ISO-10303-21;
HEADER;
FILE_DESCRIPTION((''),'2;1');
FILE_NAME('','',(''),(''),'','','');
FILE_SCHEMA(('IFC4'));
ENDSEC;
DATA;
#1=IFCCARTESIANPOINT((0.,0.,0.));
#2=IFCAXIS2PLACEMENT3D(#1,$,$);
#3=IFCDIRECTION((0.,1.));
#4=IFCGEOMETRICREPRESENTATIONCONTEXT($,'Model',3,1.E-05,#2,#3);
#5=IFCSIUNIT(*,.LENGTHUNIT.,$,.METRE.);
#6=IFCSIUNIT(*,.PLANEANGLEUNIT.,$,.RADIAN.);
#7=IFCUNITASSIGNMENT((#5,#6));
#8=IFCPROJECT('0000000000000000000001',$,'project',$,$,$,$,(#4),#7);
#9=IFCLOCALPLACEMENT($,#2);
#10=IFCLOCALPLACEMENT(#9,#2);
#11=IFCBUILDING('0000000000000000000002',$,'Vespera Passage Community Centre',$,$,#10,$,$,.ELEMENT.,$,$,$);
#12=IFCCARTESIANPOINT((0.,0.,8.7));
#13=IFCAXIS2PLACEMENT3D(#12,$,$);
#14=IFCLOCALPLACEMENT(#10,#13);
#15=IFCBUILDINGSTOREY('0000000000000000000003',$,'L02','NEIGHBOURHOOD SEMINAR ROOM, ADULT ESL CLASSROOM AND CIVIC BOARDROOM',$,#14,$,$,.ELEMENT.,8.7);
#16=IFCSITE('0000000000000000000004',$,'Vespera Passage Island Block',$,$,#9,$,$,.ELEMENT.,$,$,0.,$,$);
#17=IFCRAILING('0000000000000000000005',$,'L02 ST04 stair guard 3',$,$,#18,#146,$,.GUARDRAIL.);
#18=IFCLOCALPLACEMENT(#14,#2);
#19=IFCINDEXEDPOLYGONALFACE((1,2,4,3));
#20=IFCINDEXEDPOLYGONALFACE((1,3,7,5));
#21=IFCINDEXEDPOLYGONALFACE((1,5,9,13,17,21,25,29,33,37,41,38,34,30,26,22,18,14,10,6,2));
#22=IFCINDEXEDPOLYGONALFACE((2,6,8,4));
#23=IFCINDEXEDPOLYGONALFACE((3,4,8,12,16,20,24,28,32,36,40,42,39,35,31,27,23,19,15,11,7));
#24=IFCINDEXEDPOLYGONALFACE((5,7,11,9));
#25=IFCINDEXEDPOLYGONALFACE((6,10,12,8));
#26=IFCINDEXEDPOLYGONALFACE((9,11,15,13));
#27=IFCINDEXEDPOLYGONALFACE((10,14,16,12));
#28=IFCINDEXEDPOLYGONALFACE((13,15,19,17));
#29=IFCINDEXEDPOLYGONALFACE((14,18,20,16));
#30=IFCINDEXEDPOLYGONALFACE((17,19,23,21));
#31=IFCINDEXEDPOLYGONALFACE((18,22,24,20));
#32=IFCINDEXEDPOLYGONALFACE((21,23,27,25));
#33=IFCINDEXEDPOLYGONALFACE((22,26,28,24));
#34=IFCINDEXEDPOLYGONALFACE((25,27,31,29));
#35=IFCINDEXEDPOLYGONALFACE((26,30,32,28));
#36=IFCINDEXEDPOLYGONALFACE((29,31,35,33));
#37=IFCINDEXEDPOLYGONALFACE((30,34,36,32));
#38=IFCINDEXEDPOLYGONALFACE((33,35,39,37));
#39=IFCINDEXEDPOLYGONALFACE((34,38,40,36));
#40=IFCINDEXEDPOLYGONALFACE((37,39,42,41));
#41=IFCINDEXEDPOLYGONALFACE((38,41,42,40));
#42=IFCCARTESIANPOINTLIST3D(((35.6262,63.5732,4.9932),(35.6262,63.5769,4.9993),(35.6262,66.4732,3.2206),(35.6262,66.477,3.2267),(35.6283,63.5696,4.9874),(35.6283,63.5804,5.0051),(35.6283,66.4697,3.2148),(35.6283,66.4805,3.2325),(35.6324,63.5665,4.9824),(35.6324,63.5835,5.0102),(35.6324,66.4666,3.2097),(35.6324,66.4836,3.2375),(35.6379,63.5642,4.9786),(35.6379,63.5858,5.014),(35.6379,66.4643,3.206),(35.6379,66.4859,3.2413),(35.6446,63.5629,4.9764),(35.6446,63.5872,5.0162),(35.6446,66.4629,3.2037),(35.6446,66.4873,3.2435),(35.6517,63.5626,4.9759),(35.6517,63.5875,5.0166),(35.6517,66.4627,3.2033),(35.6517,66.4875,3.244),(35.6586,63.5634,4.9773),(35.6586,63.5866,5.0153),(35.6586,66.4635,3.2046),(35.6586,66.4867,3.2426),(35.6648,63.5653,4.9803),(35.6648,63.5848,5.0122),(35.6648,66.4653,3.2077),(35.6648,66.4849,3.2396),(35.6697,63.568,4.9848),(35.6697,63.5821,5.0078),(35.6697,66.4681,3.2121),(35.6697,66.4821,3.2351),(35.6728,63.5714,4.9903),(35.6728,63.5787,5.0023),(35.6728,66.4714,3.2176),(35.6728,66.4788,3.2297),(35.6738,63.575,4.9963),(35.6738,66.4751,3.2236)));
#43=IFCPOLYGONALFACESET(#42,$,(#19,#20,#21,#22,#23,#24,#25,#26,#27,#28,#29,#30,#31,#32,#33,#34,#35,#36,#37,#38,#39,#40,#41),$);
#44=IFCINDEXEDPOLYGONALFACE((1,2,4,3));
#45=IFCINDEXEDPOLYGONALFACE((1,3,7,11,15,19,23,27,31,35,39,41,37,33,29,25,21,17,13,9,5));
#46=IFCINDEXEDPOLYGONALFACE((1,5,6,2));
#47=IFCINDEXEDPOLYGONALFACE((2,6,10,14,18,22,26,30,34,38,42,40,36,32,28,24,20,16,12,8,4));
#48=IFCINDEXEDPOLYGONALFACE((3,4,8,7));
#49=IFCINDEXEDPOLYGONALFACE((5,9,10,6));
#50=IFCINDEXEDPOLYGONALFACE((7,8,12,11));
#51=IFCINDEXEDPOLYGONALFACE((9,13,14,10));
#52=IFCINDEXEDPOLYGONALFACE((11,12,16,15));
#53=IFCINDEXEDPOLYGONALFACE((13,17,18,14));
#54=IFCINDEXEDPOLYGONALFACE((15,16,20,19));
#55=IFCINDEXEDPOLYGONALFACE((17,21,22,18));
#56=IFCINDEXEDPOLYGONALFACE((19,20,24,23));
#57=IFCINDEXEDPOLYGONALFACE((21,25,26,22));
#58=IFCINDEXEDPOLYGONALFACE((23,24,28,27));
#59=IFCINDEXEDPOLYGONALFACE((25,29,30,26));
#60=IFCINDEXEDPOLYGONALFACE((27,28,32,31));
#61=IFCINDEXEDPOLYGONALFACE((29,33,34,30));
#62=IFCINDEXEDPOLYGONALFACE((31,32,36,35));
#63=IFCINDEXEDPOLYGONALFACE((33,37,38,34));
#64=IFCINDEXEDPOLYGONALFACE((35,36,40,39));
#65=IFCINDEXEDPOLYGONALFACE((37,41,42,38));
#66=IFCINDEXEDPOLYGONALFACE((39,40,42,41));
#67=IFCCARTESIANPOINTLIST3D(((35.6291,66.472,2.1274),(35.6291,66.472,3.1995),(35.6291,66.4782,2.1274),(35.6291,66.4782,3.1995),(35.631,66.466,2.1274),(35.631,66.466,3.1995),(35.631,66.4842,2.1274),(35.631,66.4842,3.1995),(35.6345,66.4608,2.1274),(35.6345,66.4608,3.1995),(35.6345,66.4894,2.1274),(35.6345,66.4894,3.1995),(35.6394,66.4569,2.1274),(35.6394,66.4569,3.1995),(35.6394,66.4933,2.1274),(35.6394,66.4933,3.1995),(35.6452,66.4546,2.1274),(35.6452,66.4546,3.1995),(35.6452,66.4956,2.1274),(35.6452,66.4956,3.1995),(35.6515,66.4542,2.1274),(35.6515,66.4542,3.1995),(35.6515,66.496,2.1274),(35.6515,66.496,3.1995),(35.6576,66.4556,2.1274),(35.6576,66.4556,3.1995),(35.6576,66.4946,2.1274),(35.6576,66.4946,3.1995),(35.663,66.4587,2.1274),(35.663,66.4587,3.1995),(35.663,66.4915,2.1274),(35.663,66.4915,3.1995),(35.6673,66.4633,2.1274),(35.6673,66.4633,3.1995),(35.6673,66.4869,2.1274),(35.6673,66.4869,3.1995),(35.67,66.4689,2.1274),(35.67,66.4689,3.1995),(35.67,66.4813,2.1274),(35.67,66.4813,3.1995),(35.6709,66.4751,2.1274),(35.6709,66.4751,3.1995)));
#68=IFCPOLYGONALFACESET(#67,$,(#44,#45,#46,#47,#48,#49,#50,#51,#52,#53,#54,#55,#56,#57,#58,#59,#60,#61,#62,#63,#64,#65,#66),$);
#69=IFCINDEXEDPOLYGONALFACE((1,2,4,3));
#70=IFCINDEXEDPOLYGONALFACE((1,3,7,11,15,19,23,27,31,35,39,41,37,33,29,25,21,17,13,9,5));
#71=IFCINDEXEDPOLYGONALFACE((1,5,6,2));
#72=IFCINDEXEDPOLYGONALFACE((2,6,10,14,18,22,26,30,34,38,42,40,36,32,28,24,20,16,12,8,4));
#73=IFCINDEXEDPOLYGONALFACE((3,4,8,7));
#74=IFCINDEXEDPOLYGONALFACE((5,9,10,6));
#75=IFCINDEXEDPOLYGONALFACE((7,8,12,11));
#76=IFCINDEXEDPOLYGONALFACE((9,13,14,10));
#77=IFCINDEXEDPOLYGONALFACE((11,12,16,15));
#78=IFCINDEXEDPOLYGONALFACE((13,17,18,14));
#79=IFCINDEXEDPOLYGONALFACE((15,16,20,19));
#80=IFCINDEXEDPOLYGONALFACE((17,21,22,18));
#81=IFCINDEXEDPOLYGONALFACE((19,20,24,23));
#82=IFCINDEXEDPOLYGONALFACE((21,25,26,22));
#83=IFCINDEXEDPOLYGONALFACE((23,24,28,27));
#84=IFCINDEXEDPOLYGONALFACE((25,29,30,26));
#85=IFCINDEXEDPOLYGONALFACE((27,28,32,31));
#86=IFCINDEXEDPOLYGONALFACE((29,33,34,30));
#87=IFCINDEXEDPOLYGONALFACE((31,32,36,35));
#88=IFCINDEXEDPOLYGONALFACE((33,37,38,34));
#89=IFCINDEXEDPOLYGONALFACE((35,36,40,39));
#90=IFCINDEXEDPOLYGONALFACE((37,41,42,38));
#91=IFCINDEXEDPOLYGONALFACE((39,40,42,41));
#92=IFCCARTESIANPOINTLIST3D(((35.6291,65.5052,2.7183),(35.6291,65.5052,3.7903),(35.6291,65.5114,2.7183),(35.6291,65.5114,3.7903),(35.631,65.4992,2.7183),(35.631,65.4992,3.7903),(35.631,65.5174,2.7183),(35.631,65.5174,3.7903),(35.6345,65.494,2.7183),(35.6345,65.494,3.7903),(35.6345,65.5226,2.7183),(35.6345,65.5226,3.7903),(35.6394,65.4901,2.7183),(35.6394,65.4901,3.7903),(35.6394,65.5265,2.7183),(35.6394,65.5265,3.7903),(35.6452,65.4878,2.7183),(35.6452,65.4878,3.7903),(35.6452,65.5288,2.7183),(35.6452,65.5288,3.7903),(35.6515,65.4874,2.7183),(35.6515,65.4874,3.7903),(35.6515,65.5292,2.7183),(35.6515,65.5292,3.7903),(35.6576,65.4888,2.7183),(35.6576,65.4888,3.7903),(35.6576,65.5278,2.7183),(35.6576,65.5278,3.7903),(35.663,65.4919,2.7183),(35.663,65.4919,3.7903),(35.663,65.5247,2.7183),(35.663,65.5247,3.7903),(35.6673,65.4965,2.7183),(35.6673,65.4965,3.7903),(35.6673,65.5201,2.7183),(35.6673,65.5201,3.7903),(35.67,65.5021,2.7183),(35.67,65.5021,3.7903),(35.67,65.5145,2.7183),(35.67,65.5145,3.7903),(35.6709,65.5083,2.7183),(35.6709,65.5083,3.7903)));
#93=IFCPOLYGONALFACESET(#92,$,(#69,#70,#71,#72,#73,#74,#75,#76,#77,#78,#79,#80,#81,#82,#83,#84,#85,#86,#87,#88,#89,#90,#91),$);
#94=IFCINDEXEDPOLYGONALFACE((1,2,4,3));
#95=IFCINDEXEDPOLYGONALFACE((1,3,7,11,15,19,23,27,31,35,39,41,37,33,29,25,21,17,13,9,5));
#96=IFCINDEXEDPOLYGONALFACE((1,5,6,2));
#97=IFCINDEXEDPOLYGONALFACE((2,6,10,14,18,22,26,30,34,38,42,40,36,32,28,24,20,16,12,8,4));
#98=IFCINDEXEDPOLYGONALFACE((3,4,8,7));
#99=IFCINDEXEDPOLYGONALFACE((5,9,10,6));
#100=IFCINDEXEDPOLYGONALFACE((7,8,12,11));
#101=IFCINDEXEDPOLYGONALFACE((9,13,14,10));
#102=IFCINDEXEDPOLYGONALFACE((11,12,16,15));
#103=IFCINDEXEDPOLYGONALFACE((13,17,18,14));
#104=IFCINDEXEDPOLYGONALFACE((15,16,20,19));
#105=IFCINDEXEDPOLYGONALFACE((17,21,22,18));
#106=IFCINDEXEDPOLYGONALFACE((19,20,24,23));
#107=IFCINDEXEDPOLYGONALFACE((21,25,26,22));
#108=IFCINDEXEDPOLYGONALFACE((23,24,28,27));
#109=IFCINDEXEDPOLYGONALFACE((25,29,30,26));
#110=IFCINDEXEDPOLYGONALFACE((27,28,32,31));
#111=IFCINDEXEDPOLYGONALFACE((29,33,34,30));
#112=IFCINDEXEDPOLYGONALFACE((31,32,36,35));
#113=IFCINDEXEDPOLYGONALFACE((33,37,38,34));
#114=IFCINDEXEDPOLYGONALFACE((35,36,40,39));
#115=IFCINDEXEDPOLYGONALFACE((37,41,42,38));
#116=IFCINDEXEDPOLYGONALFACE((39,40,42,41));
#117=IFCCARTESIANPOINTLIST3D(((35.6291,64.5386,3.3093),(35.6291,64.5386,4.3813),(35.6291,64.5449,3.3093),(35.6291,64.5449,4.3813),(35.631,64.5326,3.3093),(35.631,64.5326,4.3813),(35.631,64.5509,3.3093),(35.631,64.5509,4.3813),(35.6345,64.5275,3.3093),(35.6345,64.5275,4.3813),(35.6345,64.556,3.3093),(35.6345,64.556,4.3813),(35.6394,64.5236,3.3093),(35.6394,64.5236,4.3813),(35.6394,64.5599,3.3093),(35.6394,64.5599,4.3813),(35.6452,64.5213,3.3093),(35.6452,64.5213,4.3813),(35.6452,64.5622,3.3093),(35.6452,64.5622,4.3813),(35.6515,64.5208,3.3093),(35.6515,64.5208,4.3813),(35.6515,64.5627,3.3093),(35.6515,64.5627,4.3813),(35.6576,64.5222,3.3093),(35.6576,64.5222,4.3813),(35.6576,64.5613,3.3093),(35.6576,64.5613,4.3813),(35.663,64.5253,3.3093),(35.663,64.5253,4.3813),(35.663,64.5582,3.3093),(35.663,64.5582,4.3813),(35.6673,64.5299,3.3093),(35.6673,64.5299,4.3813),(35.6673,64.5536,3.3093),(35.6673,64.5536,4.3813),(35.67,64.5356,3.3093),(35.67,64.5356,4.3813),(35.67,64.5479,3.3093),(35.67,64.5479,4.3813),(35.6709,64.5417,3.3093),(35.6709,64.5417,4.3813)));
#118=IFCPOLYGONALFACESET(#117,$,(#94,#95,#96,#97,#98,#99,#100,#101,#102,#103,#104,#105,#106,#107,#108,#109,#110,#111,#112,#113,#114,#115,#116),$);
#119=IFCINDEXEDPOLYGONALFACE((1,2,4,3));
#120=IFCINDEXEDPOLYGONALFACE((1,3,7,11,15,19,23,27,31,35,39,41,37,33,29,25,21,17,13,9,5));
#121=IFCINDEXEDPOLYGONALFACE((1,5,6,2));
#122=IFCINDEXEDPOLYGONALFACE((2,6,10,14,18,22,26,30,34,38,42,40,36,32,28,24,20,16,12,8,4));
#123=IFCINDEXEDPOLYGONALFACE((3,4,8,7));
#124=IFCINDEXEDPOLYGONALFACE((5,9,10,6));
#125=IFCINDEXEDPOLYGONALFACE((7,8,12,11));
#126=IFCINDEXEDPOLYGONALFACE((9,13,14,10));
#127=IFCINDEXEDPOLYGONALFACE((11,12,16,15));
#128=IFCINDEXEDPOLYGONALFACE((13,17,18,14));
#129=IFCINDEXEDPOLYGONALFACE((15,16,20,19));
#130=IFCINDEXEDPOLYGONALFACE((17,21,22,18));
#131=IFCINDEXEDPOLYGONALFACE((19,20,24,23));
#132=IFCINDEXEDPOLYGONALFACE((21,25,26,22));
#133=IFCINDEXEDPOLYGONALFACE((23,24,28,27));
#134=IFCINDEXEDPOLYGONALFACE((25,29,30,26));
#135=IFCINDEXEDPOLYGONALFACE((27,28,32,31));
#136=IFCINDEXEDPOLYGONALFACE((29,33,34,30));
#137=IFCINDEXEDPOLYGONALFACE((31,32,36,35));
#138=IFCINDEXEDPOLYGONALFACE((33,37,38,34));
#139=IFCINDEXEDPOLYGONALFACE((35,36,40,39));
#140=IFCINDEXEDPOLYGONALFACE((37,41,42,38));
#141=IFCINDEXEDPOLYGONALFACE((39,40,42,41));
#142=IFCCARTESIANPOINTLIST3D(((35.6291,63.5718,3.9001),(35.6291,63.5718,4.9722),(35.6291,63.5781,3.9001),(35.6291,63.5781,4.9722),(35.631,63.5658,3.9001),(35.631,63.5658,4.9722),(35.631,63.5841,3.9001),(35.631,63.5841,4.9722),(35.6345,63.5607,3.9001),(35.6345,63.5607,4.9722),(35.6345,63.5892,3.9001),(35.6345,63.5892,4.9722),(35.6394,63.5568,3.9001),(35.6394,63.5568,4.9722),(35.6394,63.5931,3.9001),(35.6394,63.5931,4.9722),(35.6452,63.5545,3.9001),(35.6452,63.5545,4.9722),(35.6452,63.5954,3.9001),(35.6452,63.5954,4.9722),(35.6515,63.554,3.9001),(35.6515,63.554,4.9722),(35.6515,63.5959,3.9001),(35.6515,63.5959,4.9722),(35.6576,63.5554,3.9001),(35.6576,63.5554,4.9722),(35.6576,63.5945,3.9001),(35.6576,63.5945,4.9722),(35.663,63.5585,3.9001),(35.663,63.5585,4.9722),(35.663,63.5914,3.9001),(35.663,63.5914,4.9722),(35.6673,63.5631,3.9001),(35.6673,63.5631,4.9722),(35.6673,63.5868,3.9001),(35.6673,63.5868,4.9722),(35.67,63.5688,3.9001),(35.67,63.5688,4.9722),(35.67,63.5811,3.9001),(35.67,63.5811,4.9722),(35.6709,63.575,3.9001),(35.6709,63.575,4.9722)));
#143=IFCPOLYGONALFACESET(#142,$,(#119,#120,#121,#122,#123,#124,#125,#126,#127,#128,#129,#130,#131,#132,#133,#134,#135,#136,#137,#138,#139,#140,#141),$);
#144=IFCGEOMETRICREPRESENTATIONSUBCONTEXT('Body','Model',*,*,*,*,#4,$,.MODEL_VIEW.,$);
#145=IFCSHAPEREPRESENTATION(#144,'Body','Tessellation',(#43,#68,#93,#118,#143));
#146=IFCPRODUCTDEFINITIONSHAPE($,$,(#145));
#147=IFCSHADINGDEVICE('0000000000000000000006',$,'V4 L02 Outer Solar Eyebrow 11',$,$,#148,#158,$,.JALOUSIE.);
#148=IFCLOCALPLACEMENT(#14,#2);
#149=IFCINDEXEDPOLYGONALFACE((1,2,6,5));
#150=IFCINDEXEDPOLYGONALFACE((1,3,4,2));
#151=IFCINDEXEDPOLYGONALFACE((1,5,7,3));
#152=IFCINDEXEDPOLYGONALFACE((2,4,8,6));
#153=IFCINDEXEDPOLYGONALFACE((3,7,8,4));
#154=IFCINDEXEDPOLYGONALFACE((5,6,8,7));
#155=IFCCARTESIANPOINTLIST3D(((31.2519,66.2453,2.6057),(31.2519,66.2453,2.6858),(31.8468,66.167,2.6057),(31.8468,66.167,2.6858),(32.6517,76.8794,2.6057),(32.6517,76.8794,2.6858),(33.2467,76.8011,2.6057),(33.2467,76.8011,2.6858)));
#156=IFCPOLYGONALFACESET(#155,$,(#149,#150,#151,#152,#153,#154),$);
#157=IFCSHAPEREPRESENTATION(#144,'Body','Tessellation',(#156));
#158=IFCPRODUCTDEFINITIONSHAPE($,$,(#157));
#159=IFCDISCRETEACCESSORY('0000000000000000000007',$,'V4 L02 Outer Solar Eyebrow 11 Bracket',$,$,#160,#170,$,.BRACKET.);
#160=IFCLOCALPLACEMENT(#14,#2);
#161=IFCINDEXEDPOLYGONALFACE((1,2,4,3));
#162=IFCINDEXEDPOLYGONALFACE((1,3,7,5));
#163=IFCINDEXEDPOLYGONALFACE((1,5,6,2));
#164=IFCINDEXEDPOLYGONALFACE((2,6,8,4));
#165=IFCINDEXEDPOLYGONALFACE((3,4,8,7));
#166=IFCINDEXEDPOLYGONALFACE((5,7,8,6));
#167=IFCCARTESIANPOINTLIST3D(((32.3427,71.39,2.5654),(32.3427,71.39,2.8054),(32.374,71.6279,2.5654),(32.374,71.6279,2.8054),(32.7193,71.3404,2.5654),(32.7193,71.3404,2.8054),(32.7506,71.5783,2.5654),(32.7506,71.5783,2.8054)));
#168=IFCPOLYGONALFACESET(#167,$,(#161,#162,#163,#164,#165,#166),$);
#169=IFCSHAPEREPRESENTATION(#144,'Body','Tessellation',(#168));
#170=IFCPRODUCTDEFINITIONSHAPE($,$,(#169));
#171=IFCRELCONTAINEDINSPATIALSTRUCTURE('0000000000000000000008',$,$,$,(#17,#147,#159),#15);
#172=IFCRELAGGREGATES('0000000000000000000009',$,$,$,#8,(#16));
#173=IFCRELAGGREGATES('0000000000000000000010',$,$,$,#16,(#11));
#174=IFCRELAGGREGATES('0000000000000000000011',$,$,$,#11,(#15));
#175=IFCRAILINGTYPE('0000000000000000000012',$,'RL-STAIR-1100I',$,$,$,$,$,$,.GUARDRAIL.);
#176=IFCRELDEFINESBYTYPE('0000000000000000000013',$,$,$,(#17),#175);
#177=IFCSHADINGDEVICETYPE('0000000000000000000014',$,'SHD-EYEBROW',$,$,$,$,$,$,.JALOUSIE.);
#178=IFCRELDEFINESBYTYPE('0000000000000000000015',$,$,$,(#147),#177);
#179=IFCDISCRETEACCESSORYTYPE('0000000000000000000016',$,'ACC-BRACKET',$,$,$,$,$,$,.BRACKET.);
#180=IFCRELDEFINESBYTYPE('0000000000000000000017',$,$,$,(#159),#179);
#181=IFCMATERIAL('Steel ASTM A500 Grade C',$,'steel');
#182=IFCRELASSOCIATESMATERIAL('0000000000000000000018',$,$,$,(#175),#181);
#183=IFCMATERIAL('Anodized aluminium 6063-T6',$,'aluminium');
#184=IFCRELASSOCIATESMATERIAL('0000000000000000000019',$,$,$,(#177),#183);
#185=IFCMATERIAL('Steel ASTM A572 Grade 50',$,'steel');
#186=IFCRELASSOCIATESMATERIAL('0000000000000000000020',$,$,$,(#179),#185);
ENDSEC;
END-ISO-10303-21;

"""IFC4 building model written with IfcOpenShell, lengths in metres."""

from ifc_helpers import new_model, si_unit, direction, frame, origin, origin_2d, place, context, subcontext, project, spatial, rectangle, circle, extrude, material, type_object, element, save


model = new_model("IFC4")

# Units and contexts
model_context = context("Model", 3, precision=1e-05, world=origin(), true_north=direction((0.0, 1.0)))
body_context = subcontext(model_context, "Body", "Model", "MODEL_VIEW")
ifc_project = project(units=[si_unit("LENGTHUNIT", "METRE"), si_unit("PLANEANGLEUNIT", "RADIAN")], contexts=[model_context])

# Site, building, storey
site_placement = place(None, origin())
site = spatial("IfcSite", under=ifc_project, at=site_placement, Name="Vespera Passage Island Block", CompositionType="ELEMENT", RefElevation=0.0)
building_placement = place(site_placement, origin())
building = spatial("IfcBuilding", under=site, at=building_placement, Name="Vespera Passage Community Centre", CompositionType="ELEMENT")
storey_placement = place(building_placement, frame((0.0, 0.0, 8.7)))
storey = spatial("IfcBuildingStorey", under=building, at=storey_placement, Name="L02", Description="NEIGHBOURHOOD SEMINAR ROOM, ADULT ESL CLASSROOM AND CIVIC BOARDROOM", CompositionType="ELEMENT", Elevation=8.7)

# Railing
ifc_material_1 = material(Name="Steel ASTM A500 Grade C", Category="steel")
railing_type_1 = type_object("IfcRailingType", Name="RL-STAIR-1100I", PredefinedType="GUARDRAIL", material=ifc_material_1)
railing_1_placement = place(storey_placement, frame((35.6499, 66.4751, 2.1274)))
element("IfcRailing", 1, at=railing_1_placement, inside=storey, type_object=railing_type_1, Name="L02 ST04 stair guard 3", PredefinedType="GUARDRAIL", context=body_context, shape_type="SweptSolid", body=[
    extrude(circle(Radius=0.0239, at=origin_2d()), frame((0.0, 0.0, 1.0962), z_axis=(0.0, -0.85323, 0.521534), x_axis=(1.0, 0.0, 0.0)), (0.0, 0.0, 1.0), 3.3989),
    extrude(circle(Radius=0.021, at=origin_2d()), origin(), (0.0, 0.0, 1.0), 1.072),
    extrude(circle(Radius=0.021, at=origin_2d()), frame((0.0, -0.9668, 0.5908)), (0.0, 0.0, 1.0), 1.072),
    extrude(circle(Radius=0.021, at=origin_2d()), frame((0.0, -1.9333, 1.1819)), (0.0, 0.0, 1.0), 1.072),
    extrude(circle(Radius=0.021, at=origin_2d()), frame((0.0, -2.9001, 1.7727)), (0.0, 0.0, 1.0), 1.072),
])

# Shading device
ifc_material_2 = material(Name="Anodized aluminium 6063-T6", Category="aluminium")
shading_device_type = type_object("IfcShadingDeviceType", Name="SHD-EYEBROW", PredefinedType="JALOUSIE", material=ifc_material_2)
shading_device_placement = place(storey_placement, frame((32.2493, 71.5232, 2.6057), z_axis=(0.0, 0.0, 1.0), x_axis=(0.130509, 0.991447, 0.0)))
element("IfcShadingDevice", 2, at=shading_device_placement, inside=storey, type_object=shading_device_type, Name="V4 L02 Outer Solar Eyebrow 11", PredefinedType="JALOUSIE", context=body_context, shape_type="SweptSolid", body=[
    extrude(rectangle(XDim=10.7258, YDim=0.6001, at=origin_2d()), origin(), (0.0, 0.0, 1.0), 0.0801),
])

# Discrete accessory
ifc_material_3 = material(Name="Steel ASTM A572 Grade 50", Category="steel")
discrete_accessory_type = type_object("IfcDiscreteAccessoryType", Name="ACC-BRACKET", PredefinedType="BRACKET", material=ifc_material_3)
discrete_accessory_placement = place(storey_placement, frame((32.5466, 71.4841, 2.5654), z_axis=(0.0, 0.0, 1.0), x_axis=(0.130509, 0.991447, 0.0)))
element("IfcDiscreteAccessory", 3, at=discrete_accessory_placement, inside=storey, type_object=discrete_accessory_type, Name="V4 L02 Outer Solar Eyebrow 11 Bracket", PredefinedType="BRACKET", context=body_context, shape_type="SweptSolid", body=[
    extrude(rectangle(XDim=0.24, YDim=0.3799, at=origin_2d()), origin(), (0.0, 0.0, 1.0), 0.24),
])

save(model, "model.ifc")
